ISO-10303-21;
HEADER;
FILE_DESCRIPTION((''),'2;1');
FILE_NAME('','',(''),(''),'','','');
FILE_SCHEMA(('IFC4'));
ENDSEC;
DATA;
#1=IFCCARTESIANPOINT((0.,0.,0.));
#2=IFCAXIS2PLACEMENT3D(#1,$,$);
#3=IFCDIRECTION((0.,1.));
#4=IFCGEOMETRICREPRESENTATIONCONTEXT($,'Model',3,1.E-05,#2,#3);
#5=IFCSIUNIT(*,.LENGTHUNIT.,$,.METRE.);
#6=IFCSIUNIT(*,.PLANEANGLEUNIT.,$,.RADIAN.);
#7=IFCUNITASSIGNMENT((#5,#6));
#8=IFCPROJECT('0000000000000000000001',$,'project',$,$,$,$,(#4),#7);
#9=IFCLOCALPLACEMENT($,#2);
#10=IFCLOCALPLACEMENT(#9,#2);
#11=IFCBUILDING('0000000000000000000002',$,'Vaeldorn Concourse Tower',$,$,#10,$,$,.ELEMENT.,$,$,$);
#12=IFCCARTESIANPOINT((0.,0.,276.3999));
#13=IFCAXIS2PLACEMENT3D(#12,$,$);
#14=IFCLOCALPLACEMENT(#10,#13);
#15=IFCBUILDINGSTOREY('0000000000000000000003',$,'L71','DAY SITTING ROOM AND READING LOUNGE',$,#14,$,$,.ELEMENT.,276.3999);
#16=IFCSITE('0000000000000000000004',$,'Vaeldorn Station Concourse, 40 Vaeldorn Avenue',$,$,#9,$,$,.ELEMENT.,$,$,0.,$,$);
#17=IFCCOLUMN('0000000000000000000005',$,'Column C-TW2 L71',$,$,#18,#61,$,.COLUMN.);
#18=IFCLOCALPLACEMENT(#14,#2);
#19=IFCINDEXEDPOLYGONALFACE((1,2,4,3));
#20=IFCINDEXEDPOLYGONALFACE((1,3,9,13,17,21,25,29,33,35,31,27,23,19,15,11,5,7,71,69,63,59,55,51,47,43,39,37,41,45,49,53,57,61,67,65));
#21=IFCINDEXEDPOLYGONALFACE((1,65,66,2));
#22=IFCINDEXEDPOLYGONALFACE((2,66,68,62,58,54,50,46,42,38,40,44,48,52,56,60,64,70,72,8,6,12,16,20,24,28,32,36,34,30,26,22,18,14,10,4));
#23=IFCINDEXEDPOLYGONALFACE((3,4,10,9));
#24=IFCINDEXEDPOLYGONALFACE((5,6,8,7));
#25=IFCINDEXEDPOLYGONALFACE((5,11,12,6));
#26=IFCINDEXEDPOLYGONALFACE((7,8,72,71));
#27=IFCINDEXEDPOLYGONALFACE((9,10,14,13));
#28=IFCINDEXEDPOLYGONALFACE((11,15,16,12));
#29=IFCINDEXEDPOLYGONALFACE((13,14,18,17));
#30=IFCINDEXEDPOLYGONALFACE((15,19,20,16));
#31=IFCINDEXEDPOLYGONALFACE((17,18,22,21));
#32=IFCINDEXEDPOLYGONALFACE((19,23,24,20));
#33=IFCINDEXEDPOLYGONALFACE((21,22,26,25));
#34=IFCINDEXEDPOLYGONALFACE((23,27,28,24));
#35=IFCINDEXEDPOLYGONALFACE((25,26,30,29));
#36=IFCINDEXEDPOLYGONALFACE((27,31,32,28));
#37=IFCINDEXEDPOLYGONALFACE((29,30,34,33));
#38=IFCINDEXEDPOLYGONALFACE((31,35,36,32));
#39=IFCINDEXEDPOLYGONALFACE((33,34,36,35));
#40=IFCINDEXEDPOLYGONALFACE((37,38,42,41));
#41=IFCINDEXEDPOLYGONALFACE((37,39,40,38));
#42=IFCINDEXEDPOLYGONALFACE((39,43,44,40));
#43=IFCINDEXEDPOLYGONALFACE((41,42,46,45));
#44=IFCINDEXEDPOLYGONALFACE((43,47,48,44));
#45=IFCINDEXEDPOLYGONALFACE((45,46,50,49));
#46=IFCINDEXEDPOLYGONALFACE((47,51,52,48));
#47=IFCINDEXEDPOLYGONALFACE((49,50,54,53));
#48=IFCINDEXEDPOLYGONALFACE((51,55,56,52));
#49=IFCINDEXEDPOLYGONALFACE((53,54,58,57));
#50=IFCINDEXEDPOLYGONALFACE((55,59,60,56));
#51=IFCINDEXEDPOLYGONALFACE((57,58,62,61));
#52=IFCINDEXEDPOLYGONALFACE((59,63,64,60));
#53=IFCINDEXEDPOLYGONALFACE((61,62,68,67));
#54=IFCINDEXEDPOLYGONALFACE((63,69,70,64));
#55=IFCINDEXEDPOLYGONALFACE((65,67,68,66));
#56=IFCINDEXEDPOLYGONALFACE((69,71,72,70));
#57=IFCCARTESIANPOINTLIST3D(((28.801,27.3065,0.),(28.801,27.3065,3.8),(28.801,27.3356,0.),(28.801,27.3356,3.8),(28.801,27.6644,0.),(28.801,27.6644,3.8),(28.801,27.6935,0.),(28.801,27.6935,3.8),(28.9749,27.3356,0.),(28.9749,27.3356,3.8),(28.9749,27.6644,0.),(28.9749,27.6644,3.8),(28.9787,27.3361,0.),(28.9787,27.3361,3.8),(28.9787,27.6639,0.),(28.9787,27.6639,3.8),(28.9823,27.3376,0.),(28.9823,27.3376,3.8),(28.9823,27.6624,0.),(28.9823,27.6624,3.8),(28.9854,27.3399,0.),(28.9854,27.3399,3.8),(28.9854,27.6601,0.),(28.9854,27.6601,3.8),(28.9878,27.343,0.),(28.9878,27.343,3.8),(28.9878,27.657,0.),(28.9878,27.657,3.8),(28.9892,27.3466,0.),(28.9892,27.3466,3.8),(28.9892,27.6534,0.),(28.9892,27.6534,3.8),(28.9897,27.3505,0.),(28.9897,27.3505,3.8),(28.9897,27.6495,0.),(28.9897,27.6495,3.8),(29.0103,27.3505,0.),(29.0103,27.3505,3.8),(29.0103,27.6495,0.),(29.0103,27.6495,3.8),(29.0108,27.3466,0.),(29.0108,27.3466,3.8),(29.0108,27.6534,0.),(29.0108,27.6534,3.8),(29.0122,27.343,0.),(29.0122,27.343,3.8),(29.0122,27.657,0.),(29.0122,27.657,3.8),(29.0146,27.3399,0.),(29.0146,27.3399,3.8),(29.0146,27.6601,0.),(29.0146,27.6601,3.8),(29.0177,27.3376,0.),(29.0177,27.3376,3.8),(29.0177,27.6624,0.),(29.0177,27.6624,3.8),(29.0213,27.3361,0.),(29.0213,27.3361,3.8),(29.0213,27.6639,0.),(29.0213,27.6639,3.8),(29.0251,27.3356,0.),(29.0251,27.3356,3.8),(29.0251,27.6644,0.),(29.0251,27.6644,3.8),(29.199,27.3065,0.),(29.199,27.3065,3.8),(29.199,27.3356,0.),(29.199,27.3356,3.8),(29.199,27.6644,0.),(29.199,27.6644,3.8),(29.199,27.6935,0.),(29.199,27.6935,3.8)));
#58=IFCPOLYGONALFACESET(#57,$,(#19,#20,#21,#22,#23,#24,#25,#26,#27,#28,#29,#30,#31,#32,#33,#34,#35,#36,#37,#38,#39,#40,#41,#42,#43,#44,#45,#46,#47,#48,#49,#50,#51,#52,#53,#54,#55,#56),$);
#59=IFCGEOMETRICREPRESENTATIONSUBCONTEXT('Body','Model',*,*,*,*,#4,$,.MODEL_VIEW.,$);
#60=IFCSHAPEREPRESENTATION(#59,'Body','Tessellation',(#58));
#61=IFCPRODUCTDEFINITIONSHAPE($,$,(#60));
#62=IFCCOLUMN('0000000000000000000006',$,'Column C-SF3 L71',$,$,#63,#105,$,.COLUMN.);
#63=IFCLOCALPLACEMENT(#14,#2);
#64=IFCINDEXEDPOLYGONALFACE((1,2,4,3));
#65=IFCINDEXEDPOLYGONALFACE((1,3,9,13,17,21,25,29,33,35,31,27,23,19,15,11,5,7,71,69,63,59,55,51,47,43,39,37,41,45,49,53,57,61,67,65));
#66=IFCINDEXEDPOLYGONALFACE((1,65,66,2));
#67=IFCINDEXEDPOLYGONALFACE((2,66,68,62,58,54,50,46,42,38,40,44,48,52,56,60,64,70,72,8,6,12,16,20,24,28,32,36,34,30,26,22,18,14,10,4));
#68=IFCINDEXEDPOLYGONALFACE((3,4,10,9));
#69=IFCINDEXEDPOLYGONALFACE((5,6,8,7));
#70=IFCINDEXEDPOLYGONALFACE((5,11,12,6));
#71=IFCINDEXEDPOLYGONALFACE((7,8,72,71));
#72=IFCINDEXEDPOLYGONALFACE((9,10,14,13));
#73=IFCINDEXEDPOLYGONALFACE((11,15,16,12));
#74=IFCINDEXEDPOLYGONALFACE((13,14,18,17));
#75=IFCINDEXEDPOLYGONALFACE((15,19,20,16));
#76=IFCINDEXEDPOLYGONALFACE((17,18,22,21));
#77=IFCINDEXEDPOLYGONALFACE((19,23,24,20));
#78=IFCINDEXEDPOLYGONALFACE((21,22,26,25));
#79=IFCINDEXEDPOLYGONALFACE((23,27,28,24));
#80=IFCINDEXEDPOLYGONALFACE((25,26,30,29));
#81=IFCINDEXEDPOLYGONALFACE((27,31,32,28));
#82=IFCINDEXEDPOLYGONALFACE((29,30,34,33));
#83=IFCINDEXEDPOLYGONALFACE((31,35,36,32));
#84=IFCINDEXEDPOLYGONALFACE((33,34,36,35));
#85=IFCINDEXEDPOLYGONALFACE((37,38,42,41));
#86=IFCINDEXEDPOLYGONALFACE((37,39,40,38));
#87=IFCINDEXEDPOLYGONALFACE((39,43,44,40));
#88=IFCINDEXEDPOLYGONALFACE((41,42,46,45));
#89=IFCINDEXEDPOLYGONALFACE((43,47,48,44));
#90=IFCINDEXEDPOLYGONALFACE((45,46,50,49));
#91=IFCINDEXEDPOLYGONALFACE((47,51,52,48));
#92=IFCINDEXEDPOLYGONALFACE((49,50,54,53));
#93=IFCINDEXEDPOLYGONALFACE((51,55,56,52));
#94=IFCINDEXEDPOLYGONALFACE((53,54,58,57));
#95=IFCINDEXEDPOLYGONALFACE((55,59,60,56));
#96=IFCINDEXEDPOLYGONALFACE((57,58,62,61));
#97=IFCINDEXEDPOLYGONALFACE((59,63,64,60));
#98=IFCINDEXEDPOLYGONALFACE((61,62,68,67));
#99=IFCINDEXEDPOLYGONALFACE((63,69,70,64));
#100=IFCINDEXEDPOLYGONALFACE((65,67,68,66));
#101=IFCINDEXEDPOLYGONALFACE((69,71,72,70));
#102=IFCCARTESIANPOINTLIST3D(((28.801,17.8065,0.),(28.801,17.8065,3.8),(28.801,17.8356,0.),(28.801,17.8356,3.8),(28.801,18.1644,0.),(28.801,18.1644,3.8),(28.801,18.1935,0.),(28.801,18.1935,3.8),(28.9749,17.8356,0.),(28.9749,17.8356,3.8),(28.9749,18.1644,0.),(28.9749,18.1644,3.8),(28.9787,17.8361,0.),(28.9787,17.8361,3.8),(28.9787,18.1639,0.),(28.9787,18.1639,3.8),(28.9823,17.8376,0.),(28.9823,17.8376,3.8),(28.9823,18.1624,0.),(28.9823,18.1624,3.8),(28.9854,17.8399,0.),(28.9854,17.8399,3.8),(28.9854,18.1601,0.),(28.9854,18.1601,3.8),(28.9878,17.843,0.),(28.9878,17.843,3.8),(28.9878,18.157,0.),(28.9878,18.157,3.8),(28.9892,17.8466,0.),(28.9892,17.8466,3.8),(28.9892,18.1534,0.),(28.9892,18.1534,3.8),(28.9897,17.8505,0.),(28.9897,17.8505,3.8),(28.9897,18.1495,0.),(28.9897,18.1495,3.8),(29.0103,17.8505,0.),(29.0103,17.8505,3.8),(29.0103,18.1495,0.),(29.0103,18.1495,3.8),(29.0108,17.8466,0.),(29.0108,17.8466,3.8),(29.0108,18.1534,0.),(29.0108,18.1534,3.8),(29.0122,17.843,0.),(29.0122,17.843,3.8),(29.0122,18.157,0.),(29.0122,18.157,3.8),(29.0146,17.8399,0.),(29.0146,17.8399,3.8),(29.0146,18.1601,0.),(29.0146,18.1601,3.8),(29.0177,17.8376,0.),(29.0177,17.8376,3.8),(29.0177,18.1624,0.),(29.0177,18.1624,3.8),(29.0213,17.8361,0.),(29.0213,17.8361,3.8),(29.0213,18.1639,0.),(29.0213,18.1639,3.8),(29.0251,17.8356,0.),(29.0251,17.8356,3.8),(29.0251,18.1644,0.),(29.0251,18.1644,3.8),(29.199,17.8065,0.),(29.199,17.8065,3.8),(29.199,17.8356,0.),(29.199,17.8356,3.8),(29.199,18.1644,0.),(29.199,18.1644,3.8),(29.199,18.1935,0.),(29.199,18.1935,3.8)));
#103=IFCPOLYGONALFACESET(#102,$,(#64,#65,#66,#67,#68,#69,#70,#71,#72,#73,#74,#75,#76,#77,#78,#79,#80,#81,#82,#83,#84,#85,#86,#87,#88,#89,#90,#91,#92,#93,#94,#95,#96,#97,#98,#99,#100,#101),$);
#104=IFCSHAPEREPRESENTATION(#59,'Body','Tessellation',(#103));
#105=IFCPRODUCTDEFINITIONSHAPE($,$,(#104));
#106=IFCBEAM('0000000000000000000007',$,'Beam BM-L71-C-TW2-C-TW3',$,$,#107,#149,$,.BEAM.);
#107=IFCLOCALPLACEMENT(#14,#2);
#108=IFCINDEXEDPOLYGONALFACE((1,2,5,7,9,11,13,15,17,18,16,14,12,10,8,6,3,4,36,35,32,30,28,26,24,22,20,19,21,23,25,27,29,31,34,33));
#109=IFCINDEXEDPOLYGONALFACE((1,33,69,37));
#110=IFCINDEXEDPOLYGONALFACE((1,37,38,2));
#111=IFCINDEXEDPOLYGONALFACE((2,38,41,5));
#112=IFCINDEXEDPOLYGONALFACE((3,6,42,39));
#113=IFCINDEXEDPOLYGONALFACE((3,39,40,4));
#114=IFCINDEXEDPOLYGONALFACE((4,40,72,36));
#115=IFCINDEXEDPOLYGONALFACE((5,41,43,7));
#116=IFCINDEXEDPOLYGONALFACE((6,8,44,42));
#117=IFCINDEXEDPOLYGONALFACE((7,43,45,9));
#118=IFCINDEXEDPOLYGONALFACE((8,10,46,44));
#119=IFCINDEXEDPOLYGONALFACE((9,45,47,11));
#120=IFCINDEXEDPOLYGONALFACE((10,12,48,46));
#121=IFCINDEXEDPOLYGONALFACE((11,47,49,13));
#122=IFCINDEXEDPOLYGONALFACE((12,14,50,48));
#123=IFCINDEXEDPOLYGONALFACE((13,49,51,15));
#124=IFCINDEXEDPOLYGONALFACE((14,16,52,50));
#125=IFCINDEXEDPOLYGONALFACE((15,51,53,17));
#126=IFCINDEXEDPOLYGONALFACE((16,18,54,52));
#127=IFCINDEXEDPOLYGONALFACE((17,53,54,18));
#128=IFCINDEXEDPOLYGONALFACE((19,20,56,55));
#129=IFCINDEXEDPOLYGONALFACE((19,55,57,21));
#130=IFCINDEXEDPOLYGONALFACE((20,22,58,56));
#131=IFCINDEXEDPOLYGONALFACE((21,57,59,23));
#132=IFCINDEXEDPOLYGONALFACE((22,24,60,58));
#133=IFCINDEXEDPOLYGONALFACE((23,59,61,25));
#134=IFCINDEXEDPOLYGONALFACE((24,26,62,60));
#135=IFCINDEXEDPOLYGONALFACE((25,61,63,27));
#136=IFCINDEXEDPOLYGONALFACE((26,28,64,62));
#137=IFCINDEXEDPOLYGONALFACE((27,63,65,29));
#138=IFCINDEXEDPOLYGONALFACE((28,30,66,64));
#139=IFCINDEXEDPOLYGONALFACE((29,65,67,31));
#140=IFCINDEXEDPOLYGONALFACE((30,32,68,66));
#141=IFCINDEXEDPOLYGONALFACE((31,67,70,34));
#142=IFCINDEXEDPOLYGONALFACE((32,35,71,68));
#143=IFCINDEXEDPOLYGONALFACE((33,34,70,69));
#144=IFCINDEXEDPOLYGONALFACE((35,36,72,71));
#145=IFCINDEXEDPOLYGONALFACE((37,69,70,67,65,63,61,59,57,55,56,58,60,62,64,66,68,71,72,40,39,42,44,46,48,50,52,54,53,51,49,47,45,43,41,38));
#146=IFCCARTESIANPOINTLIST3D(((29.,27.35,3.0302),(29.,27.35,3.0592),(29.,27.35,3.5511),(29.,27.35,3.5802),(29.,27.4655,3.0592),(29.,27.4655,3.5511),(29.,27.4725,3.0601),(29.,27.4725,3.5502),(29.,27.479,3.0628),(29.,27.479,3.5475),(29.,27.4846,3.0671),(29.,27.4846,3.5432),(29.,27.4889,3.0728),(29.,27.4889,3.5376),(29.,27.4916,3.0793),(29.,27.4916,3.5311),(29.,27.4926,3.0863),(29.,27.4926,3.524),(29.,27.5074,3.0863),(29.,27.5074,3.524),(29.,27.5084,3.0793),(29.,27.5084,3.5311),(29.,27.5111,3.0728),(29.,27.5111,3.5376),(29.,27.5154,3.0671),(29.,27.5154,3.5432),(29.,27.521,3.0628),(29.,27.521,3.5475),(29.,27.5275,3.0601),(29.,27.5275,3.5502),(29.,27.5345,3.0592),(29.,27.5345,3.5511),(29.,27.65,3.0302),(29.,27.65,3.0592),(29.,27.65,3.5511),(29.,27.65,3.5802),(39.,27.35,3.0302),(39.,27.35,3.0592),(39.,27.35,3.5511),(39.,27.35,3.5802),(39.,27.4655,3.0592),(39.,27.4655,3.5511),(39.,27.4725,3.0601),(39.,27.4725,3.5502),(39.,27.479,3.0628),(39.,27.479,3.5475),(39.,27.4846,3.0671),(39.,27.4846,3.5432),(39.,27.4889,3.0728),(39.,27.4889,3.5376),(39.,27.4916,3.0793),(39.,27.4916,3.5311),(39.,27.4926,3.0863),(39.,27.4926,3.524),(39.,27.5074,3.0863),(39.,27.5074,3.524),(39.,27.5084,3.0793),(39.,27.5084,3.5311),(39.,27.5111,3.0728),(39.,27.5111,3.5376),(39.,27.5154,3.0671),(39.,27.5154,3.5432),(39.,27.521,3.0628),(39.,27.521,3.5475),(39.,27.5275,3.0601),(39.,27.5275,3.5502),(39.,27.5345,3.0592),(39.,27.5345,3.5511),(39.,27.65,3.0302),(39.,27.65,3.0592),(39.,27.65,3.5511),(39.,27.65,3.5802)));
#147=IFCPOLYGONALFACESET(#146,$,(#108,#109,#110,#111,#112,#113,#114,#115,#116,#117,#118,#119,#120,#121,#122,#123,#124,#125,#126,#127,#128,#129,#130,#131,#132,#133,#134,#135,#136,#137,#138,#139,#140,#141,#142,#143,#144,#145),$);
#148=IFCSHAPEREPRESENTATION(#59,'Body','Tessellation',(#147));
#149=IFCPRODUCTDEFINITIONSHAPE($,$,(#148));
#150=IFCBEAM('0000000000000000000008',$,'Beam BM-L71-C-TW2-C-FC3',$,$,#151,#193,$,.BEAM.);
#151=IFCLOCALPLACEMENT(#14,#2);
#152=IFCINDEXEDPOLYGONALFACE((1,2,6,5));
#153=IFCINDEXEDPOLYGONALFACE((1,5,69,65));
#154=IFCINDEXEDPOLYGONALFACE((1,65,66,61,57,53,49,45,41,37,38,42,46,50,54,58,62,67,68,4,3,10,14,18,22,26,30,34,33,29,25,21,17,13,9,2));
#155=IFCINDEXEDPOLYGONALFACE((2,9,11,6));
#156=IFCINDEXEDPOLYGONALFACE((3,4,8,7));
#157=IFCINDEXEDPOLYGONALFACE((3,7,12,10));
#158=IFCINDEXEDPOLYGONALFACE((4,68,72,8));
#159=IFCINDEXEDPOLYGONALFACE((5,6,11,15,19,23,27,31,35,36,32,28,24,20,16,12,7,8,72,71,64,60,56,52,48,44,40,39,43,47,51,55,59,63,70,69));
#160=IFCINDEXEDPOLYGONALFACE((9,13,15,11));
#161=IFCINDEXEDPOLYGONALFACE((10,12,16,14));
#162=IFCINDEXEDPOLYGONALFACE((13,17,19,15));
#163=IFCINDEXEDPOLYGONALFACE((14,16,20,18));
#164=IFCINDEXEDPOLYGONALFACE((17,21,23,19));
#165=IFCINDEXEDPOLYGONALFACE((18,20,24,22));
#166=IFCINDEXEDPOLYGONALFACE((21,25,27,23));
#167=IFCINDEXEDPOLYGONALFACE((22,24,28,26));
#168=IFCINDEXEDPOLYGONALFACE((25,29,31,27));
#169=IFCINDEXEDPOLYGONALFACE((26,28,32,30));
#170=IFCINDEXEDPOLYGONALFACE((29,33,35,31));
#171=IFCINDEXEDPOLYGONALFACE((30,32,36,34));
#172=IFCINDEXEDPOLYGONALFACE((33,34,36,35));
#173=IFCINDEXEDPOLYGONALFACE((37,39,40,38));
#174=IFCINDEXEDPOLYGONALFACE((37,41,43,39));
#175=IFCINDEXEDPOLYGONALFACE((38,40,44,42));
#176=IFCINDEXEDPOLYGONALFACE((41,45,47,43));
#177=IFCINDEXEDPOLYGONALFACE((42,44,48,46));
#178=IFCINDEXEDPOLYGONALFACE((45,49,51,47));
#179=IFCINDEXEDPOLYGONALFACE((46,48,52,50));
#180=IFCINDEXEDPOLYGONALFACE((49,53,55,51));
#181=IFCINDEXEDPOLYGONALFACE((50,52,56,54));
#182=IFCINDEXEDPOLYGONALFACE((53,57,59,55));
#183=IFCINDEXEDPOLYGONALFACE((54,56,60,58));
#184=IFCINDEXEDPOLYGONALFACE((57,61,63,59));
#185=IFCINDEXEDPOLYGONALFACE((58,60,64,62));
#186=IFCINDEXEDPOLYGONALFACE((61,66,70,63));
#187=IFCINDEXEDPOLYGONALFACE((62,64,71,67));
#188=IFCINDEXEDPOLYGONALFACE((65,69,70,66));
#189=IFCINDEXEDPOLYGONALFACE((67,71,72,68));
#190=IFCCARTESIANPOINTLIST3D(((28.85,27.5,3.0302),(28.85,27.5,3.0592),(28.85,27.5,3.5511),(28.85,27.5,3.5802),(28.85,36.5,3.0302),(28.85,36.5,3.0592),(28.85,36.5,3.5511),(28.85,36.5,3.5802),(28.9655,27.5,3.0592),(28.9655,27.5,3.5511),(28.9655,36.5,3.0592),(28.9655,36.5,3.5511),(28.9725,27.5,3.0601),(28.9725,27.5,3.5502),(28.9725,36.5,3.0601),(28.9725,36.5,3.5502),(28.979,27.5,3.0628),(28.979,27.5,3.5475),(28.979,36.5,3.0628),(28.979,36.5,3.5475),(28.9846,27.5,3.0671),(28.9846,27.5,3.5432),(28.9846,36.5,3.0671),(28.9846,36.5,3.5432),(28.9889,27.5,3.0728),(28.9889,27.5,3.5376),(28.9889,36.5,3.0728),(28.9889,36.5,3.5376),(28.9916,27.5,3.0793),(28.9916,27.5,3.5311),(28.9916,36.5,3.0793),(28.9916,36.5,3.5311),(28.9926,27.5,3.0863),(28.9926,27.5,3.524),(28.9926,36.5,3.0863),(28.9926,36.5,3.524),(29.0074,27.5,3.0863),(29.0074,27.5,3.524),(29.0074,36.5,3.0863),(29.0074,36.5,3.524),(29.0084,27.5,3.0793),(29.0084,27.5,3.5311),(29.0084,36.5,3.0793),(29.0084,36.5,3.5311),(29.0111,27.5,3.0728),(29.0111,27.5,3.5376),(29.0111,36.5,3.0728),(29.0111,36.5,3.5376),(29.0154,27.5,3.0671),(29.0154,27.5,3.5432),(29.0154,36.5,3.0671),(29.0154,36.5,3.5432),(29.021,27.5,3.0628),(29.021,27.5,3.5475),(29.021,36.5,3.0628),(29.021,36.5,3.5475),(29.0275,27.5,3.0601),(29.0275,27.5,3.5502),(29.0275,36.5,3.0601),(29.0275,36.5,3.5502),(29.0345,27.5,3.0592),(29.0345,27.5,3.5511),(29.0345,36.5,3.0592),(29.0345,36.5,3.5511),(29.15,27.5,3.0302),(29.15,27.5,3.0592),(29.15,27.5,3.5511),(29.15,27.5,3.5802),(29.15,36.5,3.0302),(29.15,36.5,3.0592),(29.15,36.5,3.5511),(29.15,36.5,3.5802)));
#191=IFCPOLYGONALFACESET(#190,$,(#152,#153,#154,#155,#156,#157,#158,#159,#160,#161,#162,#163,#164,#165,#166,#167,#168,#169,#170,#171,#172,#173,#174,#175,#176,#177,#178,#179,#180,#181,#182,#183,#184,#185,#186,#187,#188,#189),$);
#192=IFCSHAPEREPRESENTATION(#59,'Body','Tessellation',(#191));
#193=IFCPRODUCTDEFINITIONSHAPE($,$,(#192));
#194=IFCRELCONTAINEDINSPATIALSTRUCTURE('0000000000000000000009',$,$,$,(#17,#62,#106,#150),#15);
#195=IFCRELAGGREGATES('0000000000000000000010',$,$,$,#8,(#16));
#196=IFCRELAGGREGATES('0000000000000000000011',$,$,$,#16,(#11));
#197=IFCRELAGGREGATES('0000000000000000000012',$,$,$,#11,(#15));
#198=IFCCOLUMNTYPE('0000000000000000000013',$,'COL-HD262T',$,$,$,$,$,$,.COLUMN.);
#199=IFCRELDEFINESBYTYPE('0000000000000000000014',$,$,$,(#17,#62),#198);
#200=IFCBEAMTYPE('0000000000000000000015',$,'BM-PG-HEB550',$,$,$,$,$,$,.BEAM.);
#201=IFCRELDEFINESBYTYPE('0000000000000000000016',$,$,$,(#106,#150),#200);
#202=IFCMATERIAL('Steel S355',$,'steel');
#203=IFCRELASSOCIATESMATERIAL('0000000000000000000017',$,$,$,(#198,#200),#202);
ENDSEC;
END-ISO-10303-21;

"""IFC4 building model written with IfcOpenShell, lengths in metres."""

from ifc_helpers import new_model, si_unit, direction, frame, origin, origin_2d, place, context, subcontext, project, spatial, i_section, extrude, source, transform, mapped, material, material_profile, profile_set, type_object, element, save


model = new_model("IFC4")

# Units and contexts
model_context = context("Model", 3, precision=1e-05, world=origin(), true_north=direction((0.0, 1.0)))
body_context = subcontext(model_context, "Body", "Model", "MODEL_VIEW")
ifc_project = project(units=[si_unit("LENGTHUNIT", "METRE"), si_unit("PLANEANGLEUNIT", "RADIAN")], contexts=[model_context])

# Site, building, storey
site_placement = place(None, origin())
site = spatial("IfcSite", under=ifc_project, at=site_placement, Name="Vaeldorn Station Concourse, 40 Vaeldorn Avenue", CompositionType="ELEMENT", RefElevation=0.0)
building_placement = place(site_placement, origin())
building = spatial("IfcBuilding", under=site, at=building_placement, Name="Vaeldorn Concourse Tower", CompositionType="ELEMENT")
storey_placement = place(building_placement, frame((0.0, 0.0, 276.3999)))
storey = spatial("IfcBuildingStorey", under=building, at=storey_placement, Name="L71", Description="DAY SITTING ROOM AND READING LOUNGE", CompositionType="ELEMENT", Elevation=276.3999)

# Columns
ifc_material_1 = material(Name="Steel S355", Category="steel")
ifc_material_profile_1 = material_profile(ifc_material_1, i_section(OverallWidth=0.3979, OverallDepth=0.387, WebThickness=0.0205, FlangeThickness=0.0291, FilletRadius=0.0149, at=origin_2d()), Name="HD 400x262")
ifc_profile_set_1 = profile_set([ifc_material_profile_1], Name="Steel S355")
column_type = type_object("IfcColumnType", Name="COL-HD262T", PredefinedType="COLUMN", material=ifc_profile_set_1)
shared_shape_1 = source(origin(), body_context, "Body", "SweptSolid", [
    extrude(i_section(OverallWidth=0.3979, OverallDepth=0.387, WebThickness=0.0205, FlangeThickness=0.0291, FilletRadius=0.0149, at=origin_2d()), origin(), (0.0, 0.0, 1.0), 3.8),
])
for number, where, z_axis, x_axis, name in (
    (1, (29.0, 27.5, 0.0), (0.0, 0.0, 1.0), (1.0, 0.0, 0.0), "Column C-TW2 L71"),
    (2, (29.0, 18.0, 0.0), (0.0, 0.0, 1.0), (1.0, 0.0, 0.0), "Column C-SF3 L71"),
):
    element("IfcColumn", number, at=place(storey_placement, frame(where, z_axis=z_axis, x_axis=x_axis)), inside=storey, type_object=column_type, Name=name, PredefinedType="COLUMN", context=body_context, shape_type="MappedRepresentation", body=[
        mapped(shared_shape_1, transform((0.0, 0.0, 0.0), scale=1.0)),
    ])

# Beams
ifc_material_profile_2 = material_profile(ifc_material_1, i_section(OverallWidth=0.3, OverallDepth=0.55, WebThickness=0.0149, FlangeThickness=0.0291, FilletRadius=0.0271, at=origin_2d()), Name="HEB 550")
ifc_profile_set_2 = profile_set([ifc_material_profile_2], Name="Steel S355")
beam_type_1 = type_object("IfcBeamType", Name="BM-PG-HEB550", PredefinedType="BEAM", material=ifc_profile_set_2)
shared_shape_2 = source(origin(), body_context, "Body", "SweptSolid", [
    extrude(i_section(OverallWidth=0.3, OverallDepth=0.55, WebThickness=0.0149, FlangeThickness=0.0291, FilletRadius=0.0271, at=origin_2d()), origin(), (0.0, 0.0, 1.0), 10.0),
])
beam_1_placement = place(storey_placement, frame((29.0, 27.5, 3.3052), z_axis=(1.0, 0.0, 0.0), x_axis=(0.0, 1.0, 0.0)))
element("IfcBeam", 3, at=beam_1_placement, inside=storey, type_object=beam_type_1, Name="Beam BM-L71-C-TW2-C-TW3", PredefinedType="BEAM", context=body_context, shape_type="MappedRepresentation", body=[
    mapped(shared_shape_2, transform((0.0, 0.0, 0.0), scale=1.0)),
])
shared_shape_3 = source(origin(), body_context, "Body", "SweptSolid", [
    extrude(i_section(OverallWidth=0.3, OverallDepth=0.55, WebThickness=0.0149, FlangeThickness=0.0291, FilletRadius=0.0271, at=origin_2d()), origin(), (0.0, 0.0, 1.0), 9.0),
])
beam_2_placement = place(storey_placement, frame((29.0, 27.5, 3.3052), z_axis=(0.0, 1.0, 0.0), x_axis=(-1.0, 0.0, 0.0)))
element("IfcBeam", 4, at=beam_2_placement, inside=storey, type_object=beam_type_1, Name="Beam BM-L71-C-TW2-C-FC3", PredefinedType="BEAM", context=body_context, shape_type="MappedRepresentation", body=[
    mapped(shared_shape_3, transform((0.0, 0.0, 0.0), scale=1.0)),
])

save(model, "model.ifc")
